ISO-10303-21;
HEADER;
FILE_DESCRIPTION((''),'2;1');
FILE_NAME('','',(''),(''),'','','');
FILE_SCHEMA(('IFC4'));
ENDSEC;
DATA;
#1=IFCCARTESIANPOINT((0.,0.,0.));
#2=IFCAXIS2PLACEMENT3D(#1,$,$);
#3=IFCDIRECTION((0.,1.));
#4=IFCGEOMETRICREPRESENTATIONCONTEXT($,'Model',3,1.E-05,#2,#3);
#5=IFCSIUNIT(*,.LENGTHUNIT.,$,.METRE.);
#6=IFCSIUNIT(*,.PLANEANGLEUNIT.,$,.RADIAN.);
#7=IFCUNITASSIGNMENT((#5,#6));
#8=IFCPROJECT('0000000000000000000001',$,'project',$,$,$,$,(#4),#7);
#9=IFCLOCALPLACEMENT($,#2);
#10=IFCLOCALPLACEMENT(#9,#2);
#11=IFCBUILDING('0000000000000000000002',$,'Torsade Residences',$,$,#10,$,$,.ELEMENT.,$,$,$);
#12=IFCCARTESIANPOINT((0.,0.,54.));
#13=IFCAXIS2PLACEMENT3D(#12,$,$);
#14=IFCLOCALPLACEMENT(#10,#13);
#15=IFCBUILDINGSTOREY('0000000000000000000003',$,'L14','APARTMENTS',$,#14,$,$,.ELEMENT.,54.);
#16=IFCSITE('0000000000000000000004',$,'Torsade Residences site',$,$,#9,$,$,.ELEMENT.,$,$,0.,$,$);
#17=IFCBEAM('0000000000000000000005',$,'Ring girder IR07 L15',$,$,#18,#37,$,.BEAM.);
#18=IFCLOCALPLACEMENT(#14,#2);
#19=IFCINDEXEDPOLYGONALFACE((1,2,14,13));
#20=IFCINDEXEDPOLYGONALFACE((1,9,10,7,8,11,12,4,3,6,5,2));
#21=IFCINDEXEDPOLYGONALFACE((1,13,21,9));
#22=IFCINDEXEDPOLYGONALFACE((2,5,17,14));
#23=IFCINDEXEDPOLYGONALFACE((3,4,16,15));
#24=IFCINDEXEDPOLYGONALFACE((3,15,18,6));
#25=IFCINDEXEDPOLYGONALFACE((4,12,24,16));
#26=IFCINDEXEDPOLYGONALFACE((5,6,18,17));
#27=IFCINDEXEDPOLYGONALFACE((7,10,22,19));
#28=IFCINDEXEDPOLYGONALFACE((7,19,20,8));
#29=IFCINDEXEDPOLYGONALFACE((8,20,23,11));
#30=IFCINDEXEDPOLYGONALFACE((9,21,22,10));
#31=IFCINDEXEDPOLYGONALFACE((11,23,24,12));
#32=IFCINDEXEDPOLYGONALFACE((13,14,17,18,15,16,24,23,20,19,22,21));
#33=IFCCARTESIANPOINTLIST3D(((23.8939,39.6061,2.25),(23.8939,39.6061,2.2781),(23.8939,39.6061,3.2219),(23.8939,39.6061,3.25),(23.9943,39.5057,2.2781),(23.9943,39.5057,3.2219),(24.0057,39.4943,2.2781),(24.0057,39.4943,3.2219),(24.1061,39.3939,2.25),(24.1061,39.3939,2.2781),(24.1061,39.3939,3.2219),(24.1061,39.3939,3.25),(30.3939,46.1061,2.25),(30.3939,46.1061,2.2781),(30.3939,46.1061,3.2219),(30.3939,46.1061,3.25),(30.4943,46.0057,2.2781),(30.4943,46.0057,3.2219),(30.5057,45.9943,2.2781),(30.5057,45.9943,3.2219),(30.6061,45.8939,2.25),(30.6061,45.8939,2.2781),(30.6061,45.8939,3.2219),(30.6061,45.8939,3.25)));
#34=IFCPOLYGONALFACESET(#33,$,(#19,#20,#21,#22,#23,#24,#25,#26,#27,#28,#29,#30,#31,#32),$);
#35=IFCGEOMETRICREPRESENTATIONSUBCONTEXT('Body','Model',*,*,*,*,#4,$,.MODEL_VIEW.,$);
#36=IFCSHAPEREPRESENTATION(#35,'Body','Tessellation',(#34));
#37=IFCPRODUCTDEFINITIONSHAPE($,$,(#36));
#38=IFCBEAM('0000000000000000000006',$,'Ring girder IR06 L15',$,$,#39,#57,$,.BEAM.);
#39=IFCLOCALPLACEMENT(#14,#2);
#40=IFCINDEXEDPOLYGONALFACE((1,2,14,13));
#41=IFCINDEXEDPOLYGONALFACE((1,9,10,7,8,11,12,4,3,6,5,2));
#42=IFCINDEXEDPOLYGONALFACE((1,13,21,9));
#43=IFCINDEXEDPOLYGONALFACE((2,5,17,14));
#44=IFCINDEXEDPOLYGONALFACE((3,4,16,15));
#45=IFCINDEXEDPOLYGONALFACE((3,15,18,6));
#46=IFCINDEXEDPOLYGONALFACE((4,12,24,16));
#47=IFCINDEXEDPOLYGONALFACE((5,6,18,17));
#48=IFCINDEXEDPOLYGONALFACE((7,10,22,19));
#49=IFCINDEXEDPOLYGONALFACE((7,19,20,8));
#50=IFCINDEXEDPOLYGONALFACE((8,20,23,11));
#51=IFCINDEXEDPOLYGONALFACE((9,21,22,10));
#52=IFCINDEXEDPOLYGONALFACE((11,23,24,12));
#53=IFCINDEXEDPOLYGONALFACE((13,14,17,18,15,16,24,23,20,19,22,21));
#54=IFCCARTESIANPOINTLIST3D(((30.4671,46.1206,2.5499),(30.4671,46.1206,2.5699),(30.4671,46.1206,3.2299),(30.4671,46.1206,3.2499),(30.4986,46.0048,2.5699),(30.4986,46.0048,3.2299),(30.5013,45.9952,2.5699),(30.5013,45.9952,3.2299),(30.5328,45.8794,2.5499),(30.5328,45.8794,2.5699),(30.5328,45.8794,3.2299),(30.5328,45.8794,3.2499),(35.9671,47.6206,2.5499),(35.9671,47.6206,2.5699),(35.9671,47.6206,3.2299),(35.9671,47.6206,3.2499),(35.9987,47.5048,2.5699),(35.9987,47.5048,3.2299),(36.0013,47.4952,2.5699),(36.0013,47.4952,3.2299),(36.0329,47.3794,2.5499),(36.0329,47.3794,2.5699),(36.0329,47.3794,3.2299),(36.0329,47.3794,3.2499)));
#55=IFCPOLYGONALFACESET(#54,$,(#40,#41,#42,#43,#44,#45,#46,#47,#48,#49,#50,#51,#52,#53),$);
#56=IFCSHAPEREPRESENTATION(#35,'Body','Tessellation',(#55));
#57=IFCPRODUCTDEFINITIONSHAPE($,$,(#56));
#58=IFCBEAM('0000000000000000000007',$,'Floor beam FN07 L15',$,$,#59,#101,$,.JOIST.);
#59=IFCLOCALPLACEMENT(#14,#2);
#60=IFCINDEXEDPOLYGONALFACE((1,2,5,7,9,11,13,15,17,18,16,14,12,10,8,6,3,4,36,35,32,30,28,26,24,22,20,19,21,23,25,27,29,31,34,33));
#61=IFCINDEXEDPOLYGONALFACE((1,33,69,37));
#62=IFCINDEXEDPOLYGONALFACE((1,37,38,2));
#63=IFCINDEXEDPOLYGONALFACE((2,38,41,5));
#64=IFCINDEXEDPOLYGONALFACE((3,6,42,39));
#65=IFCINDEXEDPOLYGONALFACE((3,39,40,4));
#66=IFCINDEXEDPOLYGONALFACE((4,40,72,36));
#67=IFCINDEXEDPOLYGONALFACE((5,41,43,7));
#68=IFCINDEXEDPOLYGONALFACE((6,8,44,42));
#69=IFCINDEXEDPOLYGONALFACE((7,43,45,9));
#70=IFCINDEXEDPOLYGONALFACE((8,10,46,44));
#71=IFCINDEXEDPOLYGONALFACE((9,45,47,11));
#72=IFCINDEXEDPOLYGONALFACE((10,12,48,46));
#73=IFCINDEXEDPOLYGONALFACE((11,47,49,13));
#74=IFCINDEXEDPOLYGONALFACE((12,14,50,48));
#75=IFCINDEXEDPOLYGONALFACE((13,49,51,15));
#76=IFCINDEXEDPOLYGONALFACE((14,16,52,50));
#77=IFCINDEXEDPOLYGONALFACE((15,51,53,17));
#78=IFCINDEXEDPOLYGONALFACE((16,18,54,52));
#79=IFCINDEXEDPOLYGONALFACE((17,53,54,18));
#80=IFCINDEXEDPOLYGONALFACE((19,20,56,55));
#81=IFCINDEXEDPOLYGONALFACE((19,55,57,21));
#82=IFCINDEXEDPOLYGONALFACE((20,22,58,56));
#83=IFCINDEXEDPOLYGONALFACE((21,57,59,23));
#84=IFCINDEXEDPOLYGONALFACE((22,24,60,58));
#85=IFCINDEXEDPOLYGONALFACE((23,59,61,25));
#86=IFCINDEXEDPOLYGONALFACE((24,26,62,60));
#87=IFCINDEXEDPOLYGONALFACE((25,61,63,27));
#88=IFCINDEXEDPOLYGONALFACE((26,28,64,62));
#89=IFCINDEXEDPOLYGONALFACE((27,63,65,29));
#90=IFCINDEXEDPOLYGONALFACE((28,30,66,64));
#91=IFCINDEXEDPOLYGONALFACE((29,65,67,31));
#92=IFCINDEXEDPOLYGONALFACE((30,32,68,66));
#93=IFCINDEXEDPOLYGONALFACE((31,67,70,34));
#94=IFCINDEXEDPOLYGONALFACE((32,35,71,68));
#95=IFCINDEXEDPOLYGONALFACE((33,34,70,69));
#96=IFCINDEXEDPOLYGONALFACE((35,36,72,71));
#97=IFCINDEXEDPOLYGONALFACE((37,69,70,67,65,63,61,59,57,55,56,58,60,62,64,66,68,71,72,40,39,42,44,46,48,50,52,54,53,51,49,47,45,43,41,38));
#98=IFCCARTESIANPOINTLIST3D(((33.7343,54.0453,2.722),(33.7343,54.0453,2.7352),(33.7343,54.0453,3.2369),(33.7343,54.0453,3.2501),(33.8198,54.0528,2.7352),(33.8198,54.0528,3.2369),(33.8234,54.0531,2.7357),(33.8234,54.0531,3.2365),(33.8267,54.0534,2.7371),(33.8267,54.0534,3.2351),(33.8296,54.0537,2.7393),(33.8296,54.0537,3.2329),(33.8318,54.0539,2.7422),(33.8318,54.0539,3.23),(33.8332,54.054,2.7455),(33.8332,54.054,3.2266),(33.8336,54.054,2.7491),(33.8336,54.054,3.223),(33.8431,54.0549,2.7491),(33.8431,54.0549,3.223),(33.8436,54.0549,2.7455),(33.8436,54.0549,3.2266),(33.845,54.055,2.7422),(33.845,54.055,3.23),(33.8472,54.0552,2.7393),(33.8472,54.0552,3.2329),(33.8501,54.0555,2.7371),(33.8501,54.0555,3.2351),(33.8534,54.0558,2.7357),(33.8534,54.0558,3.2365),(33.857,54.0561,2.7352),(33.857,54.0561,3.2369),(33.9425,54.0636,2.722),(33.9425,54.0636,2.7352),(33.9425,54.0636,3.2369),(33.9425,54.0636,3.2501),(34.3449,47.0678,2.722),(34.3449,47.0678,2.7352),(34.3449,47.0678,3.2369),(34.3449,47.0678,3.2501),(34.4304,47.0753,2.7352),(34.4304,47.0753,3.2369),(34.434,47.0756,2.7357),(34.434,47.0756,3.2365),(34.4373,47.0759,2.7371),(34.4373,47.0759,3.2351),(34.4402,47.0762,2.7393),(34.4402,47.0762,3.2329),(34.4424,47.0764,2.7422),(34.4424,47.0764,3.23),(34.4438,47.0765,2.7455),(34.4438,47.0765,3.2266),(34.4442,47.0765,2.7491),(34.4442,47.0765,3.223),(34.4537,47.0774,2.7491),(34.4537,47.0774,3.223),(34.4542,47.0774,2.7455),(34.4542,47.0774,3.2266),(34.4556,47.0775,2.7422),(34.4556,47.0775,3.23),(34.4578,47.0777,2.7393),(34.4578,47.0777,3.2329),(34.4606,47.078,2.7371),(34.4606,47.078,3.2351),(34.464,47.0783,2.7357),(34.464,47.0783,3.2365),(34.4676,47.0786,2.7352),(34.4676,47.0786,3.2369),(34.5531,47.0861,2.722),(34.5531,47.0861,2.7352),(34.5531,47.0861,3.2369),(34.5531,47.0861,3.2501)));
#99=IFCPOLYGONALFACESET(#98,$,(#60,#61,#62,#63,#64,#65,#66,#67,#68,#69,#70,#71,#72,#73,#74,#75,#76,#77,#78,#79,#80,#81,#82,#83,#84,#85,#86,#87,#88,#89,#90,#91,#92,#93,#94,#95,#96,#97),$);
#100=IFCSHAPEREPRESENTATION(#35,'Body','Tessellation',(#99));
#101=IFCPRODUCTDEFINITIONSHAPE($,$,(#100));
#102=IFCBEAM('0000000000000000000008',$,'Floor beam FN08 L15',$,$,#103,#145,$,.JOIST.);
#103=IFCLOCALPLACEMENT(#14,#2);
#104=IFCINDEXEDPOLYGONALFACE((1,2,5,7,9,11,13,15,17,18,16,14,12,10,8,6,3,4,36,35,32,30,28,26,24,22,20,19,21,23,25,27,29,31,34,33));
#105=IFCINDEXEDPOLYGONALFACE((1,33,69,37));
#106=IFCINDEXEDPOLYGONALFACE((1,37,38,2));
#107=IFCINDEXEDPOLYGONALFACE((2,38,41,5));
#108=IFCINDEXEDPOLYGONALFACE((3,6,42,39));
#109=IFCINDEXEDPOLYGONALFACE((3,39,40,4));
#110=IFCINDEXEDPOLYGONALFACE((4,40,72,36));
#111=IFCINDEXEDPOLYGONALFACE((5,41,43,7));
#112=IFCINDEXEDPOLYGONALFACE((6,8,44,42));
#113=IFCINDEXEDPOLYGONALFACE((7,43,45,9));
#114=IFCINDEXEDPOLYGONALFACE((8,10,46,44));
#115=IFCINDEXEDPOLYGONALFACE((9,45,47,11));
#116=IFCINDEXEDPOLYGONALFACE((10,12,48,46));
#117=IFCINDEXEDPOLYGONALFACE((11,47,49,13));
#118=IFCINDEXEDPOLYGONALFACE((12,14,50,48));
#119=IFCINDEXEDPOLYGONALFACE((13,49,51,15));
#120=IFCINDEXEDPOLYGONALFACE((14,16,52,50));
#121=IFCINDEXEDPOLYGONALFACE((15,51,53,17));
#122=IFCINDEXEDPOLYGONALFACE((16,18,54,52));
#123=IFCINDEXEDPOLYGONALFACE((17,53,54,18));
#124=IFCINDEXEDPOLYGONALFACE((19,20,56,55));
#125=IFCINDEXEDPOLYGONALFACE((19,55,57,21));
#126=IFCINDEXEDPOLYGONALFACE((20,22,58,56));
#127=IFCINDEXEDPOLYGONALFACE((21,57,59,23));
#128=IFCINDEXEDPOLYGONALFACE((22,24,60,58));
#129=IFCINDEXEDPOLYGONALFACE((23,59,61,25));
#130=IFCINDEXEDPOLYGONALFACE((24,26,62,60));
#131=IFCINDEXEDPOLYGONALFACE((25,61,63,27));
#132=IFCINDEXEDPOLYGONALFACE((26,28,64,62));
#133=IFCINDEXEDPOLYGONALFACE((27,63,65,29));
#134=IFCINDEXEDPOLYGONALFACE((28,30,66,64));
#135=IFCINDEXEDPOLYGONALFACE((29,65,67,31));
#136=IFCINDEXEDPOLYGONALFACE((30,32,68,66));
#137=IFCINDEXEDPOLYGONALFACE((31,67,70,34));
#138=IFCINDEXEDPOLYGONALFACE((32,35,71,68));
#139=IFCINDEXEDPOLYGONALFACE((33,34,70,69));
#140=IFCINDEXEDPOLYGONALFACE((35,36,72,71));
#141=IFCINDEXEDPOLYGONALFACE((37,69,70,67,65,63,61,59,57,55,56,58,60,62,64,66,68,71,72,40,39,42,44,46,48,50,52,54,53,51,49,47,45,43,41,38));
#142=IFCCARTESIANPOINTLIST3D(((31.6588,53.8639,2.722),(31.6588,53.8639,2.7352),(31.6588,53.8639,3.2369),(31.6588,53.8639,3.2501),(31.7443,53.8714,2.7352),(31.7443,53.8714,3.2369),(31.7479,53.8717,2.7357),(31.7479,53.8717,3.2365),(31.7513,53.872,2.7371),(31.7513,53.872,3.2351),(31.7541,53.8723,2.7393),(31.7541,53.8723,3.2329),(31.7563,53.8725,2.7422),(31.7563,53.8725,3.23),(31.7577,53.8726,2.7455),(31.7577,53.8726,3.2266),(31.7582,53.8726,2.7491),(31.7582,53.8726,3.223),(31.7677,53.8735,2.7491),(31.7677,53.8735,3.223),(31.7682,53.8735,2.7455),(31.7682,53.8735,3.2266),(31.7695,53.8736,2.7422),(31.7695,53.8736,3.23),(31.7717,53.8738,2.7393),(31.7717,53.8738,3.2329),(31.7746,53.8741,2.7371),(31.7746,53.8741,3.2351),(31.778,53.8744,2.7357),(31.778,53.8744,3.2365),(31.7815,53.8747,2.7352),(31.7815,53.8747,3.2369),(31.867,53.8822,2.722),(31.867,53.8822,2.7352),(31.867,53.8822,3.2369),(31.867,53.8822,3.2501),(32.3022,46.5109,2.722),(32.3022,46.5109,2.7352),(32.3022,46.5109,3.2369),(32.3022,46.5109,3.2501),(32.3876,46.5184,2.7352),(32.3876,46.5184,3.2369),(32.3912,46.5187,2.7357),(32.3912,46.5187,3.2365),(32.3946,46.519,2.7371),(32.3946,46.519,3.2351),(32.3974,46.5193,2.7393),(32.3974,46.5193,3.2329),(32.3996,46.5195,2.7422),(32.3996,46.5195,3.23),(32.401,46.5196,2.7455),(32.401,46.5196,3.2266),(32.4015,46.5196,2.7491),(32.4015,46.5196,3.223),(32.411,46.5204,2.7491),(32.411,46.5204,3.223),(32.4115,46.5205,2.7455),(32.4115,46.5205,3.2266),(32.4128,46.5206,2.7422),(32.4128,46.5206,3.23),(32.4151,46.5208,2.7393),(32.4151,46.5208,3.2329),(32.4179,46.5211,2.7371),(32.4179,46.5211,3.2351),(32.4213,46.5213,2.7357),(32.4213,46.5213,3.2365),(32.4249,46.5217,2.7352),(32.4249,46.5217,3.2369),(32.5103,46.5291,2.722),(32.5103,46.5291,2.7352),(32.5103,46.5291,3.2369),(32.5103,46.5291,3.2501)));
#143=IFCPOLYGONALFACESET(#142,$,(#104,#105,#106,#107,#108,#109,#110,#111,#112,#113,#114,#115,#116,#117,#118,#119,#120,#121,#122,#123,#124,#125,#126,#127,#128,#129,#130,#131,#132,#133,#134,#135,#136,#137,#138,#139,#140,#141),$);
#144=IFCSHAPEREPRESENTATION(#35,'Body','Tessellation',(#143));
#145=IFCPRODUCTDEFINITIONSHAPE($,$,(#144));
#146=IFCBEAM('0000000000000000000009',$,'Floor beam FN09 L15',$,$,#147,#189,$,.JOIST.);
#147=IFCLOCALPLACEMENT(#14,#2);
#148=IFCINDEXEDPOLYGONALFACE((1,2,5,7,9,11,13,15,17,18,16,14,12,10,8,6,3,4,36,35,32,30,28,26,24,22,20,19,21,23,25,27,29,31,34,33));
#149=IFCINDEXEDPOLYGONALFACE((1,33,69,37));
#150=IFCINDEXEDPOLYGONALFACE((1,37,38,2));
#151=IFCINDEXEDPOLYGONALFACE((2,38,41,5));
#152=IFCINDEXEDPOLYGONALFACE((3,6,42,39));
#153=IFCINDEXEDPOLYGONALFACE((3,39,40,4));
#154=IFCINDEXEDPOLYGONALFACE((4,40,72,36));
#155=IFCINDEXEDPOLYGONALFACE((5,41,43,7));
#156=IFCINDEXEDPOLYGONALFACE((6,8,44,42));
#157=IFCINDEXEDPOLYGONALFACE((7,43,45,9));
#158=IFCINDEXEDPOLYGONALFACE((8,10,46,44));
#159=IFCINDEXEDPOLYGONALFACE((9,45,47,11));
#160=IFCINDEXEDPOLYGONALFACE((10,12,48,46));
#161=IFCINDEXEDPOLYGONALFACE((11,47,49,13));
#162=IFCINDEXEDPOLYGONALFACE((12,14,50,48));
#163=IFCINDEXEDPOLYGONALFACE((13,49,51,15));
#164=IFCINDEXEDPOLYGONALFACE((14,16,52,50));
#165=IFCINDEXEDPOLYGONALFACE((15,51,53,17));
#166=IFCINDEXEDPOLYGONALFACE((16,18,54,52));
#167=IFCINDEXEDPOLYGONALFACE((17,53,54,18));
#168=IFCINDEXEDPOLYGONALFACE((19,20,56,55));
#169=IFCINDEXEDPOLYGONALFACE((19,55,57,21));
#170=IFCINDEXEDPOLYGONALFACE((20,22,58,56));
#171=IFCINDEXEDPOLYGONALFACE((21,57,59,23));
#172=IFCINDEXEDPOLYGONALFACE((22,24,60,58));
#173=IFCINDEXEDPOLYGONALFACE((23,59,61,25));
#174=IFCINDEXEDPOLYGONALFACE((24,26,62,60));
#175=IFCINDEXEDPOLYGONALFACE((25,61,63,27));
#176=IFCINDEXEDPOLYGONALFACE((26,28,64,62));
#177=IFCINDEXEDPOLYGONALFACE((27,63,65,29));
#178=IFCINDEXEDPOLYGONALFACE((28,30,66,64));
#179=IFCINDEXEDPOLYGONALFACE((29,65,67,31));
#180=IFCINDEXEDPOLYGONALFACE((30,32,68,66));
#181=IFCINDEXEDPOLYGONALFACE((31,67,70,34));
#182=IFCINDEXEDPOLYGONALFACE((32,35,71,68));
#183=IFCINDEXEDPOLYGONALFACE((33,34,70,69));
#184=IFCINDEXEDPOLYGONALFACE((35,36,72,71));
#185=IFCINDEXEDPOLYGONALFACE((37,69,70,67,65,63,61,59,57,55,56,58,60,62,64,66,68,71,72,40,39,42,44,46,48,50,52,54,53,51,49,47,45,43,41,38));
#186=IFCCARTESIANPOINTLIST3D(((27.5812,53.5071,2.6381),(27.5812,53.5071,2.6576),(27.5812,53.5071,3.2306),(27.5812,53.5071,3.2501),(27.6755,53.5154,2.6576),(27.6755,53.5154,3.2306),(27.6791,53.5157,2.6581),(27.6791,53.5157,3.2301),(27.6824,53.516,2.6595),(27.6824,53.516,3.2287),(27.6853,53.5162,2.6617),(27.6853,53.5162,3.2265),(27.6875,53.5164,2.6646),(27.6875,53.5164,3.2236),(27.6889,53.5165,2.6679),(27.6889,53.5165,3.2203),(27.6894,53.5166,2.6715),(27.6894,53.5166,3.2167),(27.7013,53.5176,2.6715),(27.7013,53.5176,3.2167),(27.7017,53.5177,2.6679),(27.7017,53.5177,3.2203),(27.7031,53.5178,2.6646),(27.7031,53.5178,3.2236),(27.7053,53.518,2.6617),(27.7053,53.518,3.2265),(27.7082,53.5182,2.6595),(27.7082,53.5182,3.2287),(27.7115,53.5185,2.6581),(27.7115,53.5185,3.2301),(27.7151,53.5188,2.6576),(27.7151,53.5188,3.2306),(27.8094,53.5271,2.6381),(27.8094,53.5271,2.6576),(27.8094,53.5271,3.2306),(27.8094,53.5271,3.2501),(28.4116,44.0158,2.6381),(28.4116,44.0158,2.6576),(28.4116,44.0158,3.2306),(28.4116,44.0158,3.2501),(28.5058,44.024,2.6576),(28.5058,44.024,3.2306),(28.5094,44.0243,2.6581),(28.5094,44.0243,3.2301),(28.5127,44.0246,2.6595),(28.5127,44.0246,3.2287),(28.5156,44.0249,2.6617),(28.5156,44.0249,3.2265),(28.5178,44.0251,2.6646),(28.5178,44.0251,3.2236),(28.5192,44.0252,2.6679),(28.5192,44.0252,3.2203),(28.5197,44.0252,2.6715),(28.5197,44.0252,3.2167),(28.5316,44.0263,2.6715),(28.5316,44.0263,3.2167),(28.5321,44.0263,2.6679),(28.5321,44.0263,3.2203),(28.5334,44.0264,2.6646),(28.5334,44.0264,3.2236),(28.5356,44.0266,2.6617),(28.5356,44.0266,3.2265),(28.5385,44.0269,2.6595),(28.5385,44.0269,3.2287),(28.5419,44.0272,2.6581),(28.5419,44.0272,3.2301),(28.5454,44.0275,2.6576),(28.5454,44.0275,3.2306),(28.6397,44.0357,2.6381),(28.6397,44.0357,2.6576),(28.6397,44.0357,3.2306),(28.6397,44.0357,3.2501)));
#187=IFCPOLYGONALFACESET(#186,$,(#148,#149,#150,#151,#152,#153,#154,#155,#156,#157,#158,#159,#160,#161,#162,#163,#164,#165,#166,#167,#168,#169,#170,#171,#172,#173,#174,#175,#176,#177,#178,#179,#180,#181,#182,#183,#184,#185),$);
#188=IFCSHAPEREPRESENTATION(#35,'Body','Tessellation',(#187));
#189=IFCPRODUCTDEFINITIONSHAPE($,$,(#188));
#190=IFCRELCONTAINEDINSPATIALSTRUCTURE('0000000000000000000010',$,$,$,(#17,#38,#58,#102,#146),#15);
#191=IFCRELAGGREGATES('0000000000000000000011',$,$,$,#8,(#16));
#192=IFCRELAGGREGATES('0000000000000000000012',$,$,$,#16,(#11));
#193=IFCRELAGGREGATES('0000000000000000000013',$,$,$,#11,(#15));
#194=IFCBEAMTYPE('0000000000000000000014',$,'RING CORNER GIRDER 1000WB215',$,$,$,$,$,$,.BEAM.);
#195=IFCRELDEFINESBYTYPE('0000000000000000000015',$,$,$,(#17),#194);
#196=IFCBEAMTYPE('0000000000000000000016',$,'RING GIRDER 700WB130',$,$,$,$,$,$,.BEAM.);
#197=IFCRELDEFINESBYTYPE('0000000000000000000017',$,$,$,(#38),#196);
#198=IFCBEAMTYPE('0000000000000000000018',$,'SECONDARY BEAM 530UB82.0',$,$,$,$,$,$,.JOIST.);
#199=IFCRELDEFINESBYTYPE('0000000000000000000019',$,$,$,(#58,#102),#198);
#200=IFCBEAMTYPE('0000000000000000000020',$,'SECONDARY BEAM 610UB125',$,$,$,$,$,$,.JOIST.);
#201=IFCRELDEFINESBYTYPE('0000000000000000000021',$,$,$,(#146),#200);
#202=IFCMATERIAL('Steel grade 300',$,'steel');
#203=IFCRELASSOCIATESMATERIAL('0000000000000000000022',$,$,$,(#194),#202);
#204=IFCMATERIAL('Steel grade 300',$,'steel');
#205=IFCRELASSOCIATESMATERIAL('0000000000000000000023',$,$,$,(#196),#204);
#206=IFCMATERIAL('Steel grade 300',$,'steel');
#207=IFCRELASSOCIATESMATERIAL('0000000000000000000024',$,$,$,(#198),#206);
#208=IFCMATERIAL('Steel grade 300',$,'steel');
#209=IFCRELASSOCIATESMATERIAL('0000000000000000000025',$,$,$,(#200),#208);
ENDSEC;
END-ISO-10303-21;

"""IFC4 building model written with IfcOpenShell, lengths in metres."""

from ifc_helpers import new_model, si_unit, direction, frame, origin, origin_2d, place, context, subcontext, project, spatial, i_section, extrude, material, material_profile, profile_set, type_object, element, save


model = new_model("IFC4")

# Units and contexts
model_context = context("Model", 3, precision=1e-05, world=origin(), true_north=direction((0.0, 1.0)))
body_context = subcontext(model_context, "Body", "Model", "MODEL_VIEW")
ifc_project = project(units=[si_unit("LENGTHUNIT", "METRE"), si_unit("PLANEANGLEUNIT", "RADIAN")], contexts=[model_context])

# Site, building, storey
site_placement = place(None, origin())
site = spatial("IfcSite", under=ifc_project, at=site_placement, Name="Torsade Residences site", CompositionType="ELEMENT", RefElevation=0.0)
building_placement = place(site_placement, origin())
building = spatial("IfcBuilding", under=site, at=building_placement, Name="Torsade Residences", CompositionType="ELEMENT")
storey_placement = place(building_placement, frame((0.0, 0.0, 54.0)))
storey = spatial("IfcBuildingStorey", under=building, at=storey_placement, Name="L14", Description="APARTMENTS", CompositionType="ELEMENT", Elevation=54.0)

# Beams
ifc_material_1 = material(Name="Steel grade 300", Category="steel")
ifc_material_profile_1 = material_profile(ifc_material_1, i_section(OverallWidth=0.3, OverallDepth=1.0, WebThickness=0.0161, FlangeThickness=0.0281, at=origin_2d()), Name="1000WB215")
ifc_profile_set_1 = profile_set([ifc_material_profile_1], Name="Steel grade 300")
beam_type_1 = type_object("IfcBeamType", Name="RING CORNER GIRDER 1000WB215", PredefinedType="BEAM", material=ifc_profile_set_1)
beam_1_placement = place(storey_placement, frame((30.5, 46.0, 2.75), z_axis=(-0.707107, -0.707107, 0.0), x_axis=(0.707107, -0.707107, 0.0)))
element("IfcBeam", 1, at=beam_1_placement, inside=storey, type_object=beam_type_1, Name="Ring girder IR07 L15", PredefinedType="BEAM", context=body_context, shape_type="SweptSolid", body=[
    extrude(i_section(OverallWidth=0.3, OverallDepth=1.0, WebThickness=0.0161, FlangeThickness=0.0281, at=origin_2d()), origin(), (0.0, 0.0, 1.0), 9.1924),
])
ifc_material_2 = material(Name="Steel grade 300", Category="steel")
ifc_material_profile_2 = material_profile(ifc_material_2, i_section(OverallWidth=0.25, OverallDepth=0.7, WebThickness=0.01, FlangeThickness=0.02, at=origin_2d()), Name="700WB130")
ifc_profile_set_2 = profile_set([ifc_material_profile_2], Name="Steel grade 300")
beam_type_2 = type_object("IfcBeamType", Name="RING GIRDER 700WB130", PredefinedType="BEAM", material=ifc_profile_set_2)
beam_2_placement = place(storey_placement, frame((36.0, 47.5, 2.8999), z_axis=(-0.964764, -0.263117, 0.0), x_axis=(0.263117, -0.964764, 0.0)))
element("IfcBeam", 2, at=beam_2_placement, inside=storey, type_object=beam_type_2, Name="Ring girder IR06 L15", PredefinedType="BEAM", context=body_context, shape_type="SweptSolid", body=[
    extrude(i_section(OverallWidth=0.25, OverallDepth=0.7, WebThickness=0.01, FlangeThickness=0.02, at=origin_2d()), origin(), (0.0, 0.0, 1.0), 5.7009),
])
ifc_material_3 = material(Name="Steel grade 300", Category="steel")
ifc_material_profile_3 = material_profile(ifc_material_3, i_section(OverallWidth=0.209, OverallDepth=0.5281, WebThickness=0.0095, FlangeThickness=0.0132, FilletRadius=0.0139, at=origin_2d()), Name="530UB82.0")
ifc_profile_set_3 = profile_set([ifc_material_profile_3], Name="Steel grade 300")
beam_type_3 = type_object("IfcBeamType", Name="SECONDARY BEAM 530UB82.0", PredefinedType="JOIST", material=ifc_profile_set_3)
beam_3_placement = place(storey_placement, frame((33.8384, 54.0544, 2.9861), z_axis=(0.087176, -0.996193, 0.0), x_axis=(0.996193, 0.087176, 0.0)))
element("IfcBeam", 3, at=beam_3_placement, inside=storey, type_object=beam_type_3, Name="Floor beam FN07 L15", PredefinedType="JOIST", context=body_context, shape_type="SweptSolid", body=[
    extrude(i_section(OverallWidth=0.209, OverallDepth=0.5281, WebThickness=0.0095, FlangeThickness=0.0132, FilletRadius=0.0139, at=origin_2d()), origin(), (0.0, 0.0, 1.0), 7.0042),
])
beam_4_placement = place(storey_placement, frame((31.7629, 53.873, 2.9861), z_axis=(0.087156, -0.996195, 0.0), x_axis=(0.996195, 0.087156, 0.0)))
element("IfcBeam", 4, at=beam_4_placement, inside=storey, type_object=beam_type_3, Name="Floor beam FN08 L15", PredefinedType="JOIST", context=body_context, shape_type="SweptSolid", body=[
    extrude(i_section(OverallWidth=0.209, OverallDepth=0.5281, WebThickness=0.0095, FlangeThickness=0.0132, FilletRadius=0.0139, at=origin_2d()), origin(), (0.0, 0.0, 1.0), 7.3811),
])
ifc_material_4 = material(Name="Steel grade 300", Category="steel")
ifc_material_profile_4 = material_profile(ifc_material_4, i_section(OverallWidth=0.229, OverallDepth=0.6121, WebThickness=0.012, FlangeThickness=0.0195, FilletRadius=0.0139, at=origin_2d()), Name="610UB125")
ifc_profile_set_4 = profile_set([ifc_material_profile_4], Name="Steel grade 300")
beam_type_4 = type_object("IfcBeamType", Name="SECONDARY BEAM 610UB125", PredefinedType="JOIST", material=ifc_profile_set_4)
beam_5_placement = place(storey_placement, frame((27.6953, 53.5171, 2.9441), z_axis=(0.087148, -0.996195, 0.0), x_axis=(0.996195, 0.087148, 0.0)))
element("IfcBeam", 5, at=beam_5_placement, inside=storey, type_object=beam_type_4, Name="Floor beam FN09 L15", PredefinedType="JOIST", context=body_context, shape_type="SweptSolid", body=[
    extrude(i_section(OverallWidth=0.229, OverallDepth=0.6121, WebThickness=0.012, FlangeThickness=0.0195, FilletRadius=0.0139, at=origin_2d()), origin(), (0.0, 0.0, 1.0), 9.5276),
])

save(model, "model.ifc")
